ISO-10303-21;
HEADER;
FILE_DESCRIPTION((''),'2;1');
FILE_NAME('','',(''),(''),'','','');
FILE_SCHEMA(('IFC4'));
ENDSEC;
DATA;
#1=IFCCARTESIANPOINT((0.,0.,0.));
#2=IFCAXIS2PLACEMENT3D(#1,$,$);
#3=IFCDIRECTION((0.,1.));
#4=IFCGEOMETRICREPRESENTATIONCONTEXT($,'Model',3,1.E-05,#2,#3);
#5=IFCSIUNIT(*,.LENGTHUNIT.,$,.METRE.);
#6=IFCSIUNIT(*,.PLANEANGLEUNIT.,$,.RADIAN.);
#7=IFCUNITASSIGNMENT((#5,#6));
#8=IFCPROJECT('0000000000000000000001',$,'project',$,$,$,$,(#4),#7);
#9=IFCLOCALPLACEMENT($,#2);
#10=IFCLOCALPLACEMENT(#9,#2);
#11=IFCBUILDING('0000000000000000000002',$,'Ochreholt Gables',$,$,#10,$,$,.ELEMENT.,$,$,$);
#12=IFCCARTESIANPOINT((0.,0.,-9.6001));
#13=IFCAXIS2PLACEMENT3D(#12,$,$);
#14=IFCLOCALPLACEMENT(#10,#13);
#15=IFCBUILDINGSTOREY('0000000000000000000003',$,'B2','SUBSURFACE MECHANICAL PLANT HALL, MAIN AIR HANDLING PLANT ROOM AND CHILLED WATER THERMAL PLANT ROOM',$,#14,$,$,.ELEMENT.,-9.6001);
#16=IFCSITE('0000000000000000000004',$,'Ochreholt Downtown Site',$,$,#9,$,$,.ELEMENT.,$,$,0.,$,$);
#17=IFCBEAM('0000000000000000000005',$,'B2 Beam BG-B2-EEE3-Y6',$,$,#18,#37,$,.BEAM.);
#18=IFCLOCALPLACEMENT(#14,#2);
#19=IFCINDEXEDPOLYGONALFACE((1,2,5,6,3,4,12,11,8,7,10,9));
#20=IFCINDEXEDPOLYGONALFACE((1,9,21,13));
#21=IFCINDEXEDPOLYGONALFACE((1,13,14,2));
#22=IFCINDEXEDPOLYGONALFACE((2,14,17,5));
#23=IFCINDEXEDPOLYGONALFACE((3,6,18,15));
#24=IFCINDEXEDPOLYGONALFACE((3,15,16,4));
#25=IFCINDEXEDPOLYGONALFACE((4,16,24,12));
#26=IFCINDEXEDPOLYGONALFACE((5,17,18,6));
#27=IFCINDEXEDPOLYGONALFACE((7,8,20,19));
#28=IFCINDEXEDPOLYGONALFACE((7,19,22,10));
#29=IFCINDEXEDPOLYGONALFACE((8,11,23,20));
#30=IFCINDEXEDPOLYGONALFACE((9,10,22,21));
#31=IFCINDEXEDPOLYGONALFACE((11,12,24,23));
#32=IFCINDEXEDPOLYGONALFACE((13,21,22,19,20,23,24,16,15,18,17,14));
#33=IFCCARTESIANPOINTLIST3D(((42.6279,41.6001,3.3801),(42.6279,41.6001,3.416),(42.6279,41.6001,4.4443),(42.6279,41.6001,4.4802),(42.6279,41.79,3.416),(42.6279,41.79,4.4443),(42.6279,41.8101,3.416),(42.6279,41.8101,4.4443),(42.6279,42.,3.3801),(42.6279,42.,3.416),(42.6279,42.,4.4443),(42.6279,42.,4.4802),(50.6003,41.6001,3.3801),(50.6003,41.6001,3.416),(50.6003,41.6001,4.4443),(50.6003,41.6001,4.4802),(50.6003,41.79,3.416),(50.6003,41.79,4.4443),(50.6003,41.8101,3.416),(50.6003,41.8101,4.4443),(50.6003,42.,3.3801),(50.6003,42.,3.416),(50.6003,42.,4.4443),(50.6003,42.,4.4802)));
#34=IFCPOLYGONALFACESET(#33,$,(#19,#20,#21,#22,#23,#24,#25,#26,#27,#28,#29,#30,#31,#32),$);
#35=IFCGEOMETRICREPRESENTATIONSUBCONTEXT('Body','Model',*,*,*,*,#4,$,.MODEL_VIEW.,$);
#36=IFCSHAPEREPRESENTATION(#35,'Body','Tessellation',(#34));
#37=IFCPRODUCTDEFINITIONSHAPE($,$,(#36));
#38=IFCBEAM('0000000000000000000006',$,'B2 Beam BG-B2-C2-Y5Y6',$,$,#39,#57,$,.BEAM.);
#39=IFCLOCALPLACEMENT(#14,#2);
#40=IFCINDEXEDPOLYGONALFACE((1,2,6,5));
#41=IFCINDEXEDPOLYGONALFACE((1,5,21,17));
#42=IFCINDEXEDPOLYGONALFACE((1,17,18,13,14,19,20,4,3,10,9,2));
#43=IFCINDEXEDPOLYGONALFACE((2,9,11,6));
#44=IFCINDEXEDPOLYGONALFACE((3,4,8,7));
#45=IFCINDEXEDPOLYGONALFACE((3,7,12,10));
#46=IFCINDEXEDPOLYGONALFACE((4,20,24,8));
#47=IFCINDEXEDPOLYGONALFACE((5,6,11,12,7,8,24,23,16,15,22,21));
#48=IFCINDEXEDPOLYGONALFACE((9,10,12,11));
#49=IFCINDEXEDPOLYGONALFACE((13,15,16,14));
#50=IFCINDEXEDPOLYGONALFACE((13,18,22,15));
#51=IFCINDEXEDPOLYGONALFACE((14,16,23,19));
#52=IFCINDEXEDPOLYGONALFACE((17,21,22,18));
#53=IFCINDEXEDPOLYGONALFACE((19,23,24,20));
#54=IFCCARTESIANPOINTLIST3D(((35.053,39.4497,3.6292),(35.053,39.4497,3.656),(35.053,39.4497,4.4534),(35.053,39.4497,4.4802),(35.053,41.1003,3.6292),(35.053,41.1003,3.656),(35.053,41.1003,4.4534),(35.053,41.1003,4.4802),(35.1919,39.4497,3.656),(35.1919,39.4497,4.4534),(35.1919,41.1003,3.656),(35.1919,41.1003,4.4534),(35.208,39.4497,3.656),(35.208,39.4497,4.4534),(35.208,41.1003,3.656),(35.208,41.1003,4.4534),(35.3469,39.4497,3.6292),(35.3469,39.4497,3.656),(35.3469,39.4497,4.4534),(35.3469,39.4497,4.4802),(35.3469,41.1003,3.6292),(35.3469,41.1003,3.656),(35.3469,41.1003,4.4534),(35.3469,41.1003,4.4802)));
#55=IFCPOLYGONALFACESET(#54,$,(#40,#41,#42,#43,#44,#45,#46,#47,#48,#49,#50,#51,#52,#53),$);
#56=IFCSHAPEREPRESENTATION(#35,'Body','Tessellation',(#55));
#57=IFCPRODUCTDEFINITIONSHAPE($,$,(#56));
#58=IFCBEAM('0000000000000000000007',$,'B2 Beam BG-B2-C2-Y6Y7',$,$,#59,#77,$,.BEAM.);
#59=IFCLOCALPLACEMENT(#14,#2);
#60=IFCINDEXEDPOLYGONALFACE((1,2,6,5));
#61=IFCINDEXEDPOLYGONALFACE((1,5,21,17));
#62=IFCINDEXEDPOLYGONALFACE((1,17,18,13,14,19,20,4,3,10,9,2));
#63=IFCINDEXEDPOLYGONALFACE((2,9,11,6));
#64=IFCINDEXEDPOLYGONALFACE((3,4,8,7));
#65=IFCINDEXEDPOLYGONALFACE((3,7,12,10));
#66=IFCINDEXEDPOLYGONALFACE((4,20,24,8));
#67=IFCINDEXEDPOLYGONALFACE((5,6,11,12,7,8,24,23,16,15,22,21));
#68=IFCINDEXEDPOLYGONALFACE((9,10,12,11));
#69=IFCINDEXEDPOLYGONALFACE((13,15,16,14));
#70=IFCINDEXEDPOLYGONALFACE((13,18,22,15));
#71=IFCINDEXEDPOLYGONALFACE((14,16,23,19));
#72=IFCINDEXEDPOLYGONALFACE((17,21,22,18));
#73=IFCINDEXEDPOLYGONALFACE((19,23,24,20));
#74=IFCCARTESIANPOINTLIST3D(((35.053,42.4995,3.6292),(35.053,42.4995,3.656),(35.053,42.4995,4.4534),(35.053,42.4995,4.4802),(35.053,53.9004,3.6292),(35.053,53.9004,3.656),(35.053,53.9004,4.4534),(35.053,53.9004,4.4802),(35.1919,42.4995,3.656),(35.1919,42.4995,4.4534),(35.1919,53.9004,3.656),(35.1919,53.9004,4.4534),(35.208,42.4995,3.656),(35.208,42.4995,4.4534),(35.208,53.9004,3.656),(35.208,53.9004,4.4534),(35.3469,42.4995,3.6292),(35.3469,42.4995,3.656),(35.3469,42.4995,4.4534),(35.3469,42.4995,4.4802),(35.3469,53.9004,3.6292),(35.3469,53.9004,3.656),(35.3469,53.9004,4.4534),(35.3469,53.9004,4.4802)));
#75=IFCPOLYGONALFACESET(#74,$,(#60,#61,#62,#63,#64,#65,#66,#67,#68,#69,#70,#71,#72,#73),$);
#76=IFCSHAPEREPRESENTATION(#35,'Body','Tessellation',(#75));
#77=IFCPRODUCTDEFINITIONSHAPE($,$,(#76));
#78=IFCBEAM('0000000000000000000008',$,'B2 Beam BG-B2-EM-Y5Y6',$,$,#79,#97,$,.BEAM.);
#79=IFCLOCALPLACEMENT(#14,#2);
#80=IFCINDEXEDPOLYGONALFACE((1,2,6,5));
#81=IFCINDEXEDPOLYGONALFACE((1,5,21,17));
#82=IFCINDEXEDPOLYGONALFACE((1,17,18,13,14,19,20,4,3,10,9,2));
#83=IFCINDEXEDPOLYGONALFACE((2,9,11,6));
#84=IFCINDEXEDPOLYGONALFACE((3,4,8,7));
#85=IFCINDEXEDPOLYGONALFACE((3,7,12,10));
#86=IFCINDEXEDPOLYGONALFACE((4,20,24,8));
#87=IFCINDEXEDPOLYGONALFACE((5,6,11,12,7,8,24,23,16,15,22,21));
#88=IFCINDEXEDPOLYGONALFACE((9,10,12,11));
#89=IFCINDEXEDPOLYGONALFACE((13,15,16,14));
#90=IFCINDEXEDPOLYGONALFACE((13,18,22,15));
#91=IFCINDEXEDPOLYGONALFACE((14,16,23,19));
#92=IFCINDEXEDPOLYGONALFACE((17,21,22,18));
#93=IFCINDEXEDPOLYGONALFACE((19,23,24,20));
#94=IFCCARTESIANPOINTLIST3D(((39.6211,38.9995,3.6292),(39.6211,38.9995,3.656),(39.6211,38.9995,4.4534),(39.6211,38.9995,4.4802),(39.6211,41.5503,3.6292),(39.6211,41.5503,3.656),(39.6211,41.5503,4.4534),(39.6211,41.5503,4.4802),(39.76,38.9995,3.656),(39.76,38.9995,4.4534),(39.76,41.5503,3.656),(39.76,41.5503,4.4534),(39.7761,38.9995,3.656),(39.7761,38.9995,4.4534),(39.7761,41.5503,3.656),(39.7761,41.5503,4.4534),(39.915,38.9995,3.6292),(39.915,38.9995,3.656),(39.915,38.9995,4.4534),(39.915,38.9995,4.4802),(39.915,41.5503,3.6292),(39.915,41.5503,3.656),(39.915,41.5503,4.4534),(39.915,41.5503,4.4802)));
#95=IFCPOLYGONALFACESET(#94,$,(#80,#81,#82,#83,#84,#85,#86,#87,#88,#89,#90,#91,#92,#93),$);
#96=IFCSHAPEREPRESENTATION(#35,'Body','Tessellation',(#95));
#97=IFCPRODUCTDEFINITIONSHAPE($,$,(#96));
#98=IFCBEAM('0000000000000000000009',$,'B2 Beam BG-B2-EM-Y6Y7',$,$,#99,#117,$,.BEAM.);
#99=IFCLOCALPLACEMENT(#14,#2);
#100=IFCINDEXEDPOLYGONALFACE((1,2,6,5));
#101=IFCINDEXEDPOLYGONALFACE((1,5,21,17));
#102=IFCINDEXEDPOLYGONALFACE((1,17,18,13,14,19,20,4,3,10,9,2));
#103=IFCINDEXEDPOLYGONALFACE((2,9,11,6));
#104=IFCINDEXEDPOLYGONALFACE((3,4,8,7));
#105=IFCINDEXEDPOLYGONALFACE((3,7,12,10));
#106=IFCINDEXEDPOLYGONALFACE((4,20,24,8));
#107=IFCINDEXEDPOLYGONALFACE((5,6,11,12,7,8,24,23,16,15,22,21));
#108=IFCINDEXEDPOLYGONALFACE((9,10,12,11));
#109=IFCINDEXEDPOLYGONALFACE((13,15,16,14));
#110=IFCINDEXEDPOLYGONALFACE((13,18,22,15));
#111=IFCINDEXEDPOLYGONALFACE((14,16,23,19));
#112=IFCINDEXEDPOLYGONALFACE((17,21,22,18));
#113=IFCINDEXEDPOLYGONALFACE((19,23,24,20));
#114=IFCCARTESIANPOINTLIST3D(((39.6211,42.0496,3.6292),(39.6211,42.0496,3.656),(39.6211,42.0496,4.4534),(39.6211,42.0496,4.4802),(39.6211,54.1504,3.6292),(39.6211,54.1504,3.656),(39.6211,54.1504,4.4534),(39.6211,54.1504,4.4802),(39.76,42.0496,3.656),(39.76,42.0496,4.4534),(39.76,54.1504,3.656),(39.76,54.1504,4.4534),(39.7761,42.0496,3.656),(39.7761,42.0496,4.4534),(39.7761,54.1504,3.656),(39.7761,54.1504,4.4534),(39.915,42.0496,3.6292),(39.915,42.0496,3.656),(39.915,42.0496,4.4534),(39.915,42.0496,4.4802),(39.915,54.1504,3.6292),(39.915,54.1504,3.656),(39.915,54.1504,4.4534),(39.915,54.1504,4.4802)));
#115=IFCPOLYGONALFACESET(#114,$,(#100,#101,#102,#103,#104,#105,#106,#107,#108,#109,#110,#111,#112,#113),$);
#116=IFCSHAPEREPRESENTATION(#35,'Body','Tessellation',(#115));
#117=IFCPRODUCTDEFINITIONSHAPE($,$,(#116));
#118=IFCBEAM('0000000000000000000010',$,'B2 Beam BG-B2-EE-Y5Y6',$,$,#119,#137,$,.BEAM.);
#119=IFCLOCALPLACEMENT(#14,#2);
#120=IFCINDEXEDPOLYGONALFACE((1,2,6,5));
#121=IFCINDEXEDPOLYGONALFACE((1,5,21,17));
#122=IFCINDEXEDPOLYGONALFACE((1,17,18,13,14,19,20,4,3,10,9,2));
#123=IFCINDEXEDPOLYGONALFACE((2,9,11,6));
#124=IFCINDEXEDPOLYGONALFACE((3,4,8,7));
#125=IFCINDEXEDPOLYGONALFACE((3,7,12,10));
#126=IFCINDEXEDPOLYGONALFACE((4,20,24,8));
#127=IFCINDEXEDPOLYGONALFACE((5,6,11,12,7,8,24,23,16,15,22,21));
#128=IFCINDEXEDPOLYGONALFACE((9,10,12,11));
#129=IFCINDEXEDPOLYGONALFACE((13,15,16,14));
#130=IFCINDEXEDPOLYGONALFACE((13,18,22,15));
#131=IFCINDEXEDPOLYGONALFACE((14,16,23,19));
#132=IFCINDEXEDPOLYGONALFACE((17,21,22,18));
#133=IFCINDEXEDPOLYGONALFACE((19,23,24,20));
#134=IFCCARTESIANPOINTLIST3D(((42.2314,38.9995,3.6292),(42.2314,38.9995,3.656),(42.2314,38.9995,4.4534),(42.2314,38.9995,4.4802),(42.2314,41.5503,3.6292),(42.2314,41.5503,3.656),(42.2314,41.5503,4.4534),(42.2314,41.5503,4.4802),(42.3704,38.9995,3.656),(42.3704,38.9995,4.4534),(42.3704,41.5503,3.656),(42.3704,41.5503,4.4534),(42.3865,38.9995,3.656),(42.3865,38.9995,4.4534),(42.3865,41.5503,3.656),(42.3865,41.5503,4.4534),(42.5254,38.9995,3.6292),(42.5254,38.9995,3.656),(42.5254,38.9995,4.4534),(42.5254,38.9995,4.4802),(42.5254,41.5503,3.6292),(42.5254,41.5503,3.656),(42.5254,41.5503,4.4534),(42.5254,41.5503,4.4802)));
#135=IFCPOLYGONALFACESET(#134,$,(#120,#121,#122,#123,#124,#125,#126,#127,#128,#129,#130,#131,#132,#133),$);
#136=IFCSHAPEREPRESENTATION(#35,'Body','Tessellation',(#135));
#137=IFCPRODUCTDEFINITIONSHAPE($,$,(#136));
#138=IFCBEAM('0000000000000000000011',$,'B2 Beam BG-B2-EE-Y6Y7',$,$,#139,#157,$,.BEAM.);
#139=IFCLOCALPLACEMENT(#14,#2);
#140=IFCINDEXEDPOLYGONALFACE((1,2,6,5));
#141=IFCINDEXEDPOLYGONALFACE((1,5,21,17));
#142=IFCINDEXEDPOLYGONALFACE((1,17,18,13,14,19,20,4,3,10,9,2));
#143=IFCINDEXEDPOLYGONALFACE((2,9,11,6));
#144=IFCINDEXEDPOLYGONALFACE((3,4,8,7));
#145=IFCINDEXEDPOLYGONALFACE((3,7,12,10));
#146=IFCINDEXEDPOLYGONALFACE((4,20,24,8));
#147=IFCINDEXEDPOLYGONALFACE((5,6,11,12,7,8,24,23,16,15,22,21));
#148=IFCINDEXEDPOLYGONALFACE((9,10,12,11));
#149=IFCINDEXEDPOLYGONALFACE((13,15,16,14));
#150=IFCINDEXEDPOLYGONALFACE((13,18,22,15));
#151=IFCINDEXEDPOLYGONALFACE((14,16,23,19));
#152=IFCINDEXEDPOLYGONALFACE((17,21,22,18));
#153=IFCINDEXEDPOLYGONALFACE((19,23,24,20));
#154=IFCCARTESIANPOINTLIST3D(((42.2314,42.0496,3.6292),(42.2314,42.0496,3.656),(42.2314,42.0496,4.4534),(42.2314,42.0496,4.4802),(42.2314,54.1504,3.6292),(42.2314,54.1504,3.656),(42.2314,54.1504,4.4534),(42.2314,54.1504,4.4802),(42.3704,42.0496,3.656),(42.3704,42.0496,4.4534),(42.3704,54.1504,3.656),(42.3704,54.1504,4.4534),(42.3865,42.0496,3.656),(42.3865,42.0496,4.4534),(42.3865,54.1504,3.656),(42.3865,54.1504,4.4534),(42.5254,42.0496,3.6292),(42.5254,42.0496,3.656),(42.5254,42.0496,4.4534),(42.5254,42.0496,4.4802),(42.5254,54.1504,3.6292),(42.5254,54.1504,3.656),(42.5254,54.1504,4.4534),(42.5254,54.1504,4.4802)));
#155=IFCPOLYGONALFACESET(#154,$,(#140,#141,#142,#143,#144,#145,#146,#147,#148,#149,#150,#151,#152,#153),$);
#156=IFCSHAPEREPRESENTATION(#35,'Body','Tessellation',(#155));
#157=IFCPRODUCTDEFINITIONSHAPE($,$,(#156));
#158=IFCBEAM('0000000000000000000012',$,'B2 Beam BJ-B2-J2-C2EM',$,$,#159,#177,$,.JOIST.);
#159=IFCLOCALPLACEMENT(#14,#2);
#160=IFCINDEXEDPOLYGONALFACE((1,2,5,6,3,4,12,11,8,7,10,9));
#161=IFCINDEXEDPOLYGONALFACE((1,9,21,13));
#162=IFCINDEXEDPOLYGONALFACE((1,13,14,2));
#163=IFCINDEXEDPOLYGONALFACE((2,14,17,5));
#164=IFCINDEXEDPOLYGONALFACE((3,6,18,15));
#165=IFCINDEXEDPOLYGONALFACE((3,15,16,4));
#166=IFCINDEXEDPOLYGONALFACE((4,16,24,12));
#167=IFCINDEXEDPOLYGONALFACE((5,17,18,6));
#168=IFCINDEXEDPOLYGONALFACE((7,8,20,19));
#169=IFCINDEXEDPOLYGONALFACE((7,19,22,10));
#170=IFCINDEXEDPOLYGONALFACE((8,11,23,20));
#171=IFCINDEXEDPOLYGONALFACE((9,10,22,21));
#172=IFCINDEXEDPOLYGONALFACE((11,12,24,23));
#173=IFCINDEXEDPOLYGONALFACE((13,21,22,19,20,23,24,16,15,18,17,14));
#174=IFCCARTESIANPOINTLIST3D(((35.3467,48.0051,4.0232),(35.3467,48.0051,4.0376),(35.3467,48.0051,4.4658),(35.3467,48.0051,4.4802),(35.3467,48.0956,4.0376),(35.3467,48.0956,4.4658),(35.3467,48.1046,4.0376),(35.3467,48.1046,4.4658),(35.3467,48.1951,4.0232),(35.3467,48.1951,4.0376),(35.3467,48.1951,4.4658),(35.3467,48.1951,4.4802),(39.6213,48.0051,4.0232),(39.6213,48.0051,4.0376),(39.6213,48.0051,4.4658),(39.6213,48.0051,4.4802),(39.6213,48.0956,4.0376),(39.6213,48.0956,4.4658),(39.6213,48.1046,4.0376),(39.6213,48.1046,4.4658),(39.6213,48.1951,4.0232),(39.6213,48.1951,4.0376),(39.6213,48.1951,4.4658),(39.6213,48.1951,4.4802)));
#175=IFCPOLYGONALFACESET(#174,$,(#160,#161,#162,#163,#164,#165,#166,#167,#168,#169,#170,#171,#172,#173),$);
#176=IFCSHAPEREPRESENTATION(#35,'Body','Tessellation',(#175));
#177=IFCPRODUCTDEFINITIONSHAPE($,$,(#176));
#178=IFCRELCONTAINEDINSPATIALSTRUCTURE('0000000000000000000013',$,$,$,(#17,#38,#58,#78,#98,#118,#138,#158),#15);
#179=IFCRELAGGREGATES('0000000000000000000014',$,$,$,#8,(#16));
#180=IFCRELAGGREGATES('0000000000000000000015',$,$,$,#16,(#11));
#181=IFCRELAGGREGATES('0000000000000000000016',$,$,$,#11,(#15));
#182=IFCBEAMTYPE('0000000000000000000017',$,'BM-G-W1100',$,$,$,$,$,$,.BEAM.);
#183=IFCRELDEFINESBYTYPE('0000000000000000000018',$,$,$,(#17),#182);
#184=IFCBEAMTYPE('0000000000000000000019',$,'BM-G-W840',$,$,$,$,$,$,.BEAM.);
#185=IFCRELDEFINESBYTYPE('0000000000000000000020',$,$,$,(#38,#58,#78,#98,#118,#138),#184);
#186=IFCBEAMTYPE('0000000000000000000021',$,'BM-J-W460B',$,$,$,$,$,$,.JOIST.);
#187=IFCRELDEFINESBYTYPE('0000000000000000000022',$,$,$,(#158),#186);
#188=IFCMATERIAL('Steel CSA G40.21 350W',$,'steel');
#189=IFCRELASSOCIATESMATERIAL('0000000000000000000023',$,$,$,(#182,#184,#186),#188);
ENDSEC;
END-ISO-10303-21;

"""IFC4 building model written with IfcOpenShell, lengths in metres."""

from ifc_helpers import new_model, si_unit, direction, frame, origin, origin_2d, place, context, subcontext, project, spatial, i_section, extrude, material, material_profile, profile_set, type_object, element, save


model = new_model("IFC4")

# Units and contexts
model_context = context("Model", 3, precision=1e-05, world=origin(), true_north=direction((0.0, 1.0)))
body_context = subcontext(model_context, "Body", "Model", "MODEL_VIEW")
ifc_project = project(units=[si_unit("LENGTHUNIT", "METRE"), si_unit("PLANEANGLEUNIT", "RADIAN")], contexts=[model_context])

# Site, building, storey
site_placement = place(None, origin())
site = spatial("IfcSite", under=ifc_project, at=site_placement, Name="Ochreholt Downtown Site", CompositionType="ELEMENT", RefElevation=0.0)
building_placement = place(site_placement, origin())
building = spatial("IfcBuilding", under=site, at=building_placement, Name="Ochreholt Gables", CompositionType="ELEMENT")
storey_placement = place(building_placement, frame((0.0, 0.0, -9.6001)))
storey = spatial("IfcBuildingStorey", under=building, at=storey_placement, Name="B2", Description="SUBSURFACE MECHANICAL PLANT HALL, MAIN AIR HANDLING PLANT ROOM AND CHILLED WATER THERMAL PLANT ROOM", CompositionType="ELEMENT", Elevation=-9.6001)

# Shared definitions
ifc_material_1 = material(Name="Steel CSA G40.21 350W", Category="steel")

# Beams
ifc_material_profile_1 = material_profile(ifc_material_1, i_section(OverallWidth=0.3999, OverallDepth=1.1001, WebThickness=0.02, FlangeThickness=0.0359, at=origin_2d()), Name="W1100X390")
ifc_profile_set_1 = profile_set([ifc_material_profile_1], Name="Steel CSA G40.21 350W")
beam_type_1 = type_object("IfcBeamType", Name="BM-G-W1100", PredefinedType="BEAM", material=ifc_profile_set_1)
beam_1_placement = place(storey_placement, frame((42.6279, 41.8, 3.9302), z_axis=(1.0, 0.0, 0.0), x_axis=(0.0, 1.0, 0.0)))
element("IfcBeam", 1, at=beam_1_placement, inside=storey, type_object=beam_type_1, Name="B2 Beam BG-B2-EEE3-Y6", PredefinedType="BEAM", context=body_context, shape_type="SweptSolid", body=[
    extrude(i_section(OverallWidth=0.3999, OverallDepth=1.1001, WebThickness=0.02, FlangeThickness=0.0359, at=origin_2d()), origin(), (0.0, 0.0, 1.0), 7.9724),
])
ifc_material_profile_2 = material_profile(ifc_material_1, i_section(OverallWidth=0.2939, OverallDepth=0.8511, WebThickness=0.0161, FlangeThickness=0.0269, at=origin_2d()), Name="W840X226")
ifc_profile_set_2 = profile_set([ifc_material_profile_2], Name="Steel CSA G40.21 350W")
beam_type_2 = type_object("IfcBeamType", Name="BM-G-W840", PredefinedType="BEAM", material=ifc_profile_set_2)
beam_2_placement = place(storey_placement, frame((35.2, 39.4497, 4.0547), z_axis=(0.0, 1.0, 0.0), x_axis=(-1.0, 0.0, 0.0)))
element("IfcBeam", 2, at=beam_2_placement, inside=storey, type_object=beam_type_2, Name="B2 Beam BG-B2-C2-Y5Y6", PredefinedType="BEAM", context=body_context, shape_type="SweptSolid", body=[
    extrude(i_section(OverallWidth=0.2939, OverallDepth=0.8511, WebThickness=0.0161, FlangeThickness=0.0269, at=origin_2d()), origin(), (0.0, 0.0, 1.0), 1.6506),
])
beam_3_placement = place(storey_placement, frame((35.2, 42.4995, 4.0547), z_axis=(0.0, 1.0, 0.0), x_axis=(-1.0, 0.0, 0.0)))
element("IfcBeam", 3, at=beam_3_placement, inside=storey, type_object=beam_type_2, Name="B2 Beam BG-B2-C2-Y6Y7", PredefinedType="BEAM", context=body_context, shape_type="SweptSolid", body=[
    extrude(i_section(OverallWidth=0.2939, OverallDepth=0.8511, WebThickness=0.0161, FlangeThickness=0.0269, at=origin_2d()), origin(), (0.0, 0.0, 1.0), 11.4009),
])
beam_4_placement = place(storey_placement, frame((39.7681, 38.9995, 4.0547), z_axis=(0.0, 1.0, 0.0), x_axis=(-1.0, 0.0, 0.0)))
element("IfcBeam", 4, at=beam_4_placement, inside=storey, type_object=beam_type_2, Name="B2 Beam BG-B2-EM-Y5Y6", PredefinedType="BEAM", context=body_context, shape_type="SweptSolid", body=[
    extrude(i_section(OverallWidth=0.2939, OverallDepth=0.8511, WebThickness=0.0161, FlangeThickness=0.0269, at=origin_2d()), origin(), (0.0, 0.0, 1.0), 2.5508),
])
beam_5_placement = place(storey_placement, frame((39.7681, 42.0496, 4.0547), z_axis=(0.0, 1.0, 0.0), x_axis=(-1.0, 0.0, 0.0)))
element("IfcBeam", 5, at=beam_5_placement, inside=storey, type_object=beam_type_2, Name="B2 Beam BG-B2-EM-Y6Y7", PredefinedType="BEAM", context=body_context, shape_type="SweptSolid", body=[
    extrude(i_section(OverallWidth=0.2939, OverallDepth=0.8511, WebThickness=0.0161, FlangeThickness=0.0269, at=origin_2d()), origin(), (0.0, 0.0, 1.0), 12.1008),
])
beam_6_placement = place(storey_placement, frame((42.3784, 38.9995, 4.0547), z_axis=(0.0, 1.0, 0.0), x_axis=(-1.0, 0.0, 0.0)))
element("IfcBeam", 6, at=beam_6_placement, inside=storey, type_object=beam_type_2, Name="B2 Beam BG-B2-EE-Y5Y6", PredefinedType="BEAM", context=body_context, shape_type="SweptSolid", body=[
    extrude(i_section(OverallWidth=0.2939, OverallDepth=0.8511, WebThickness=0.0161, FlangeThickness=0.0269, at=origin_2d()), origin(), (0.0, 0.0, 1.0), 2.5508),
])
beam_7_placement = place(storey_placement, frame((42.3784, 42.0496, 4.0547), z_axis=(0.0, 1.0, 0.0), x_axis=(-1.0, 0.0, 0.0)))
element("IfcBeam", 7, at=beam_7_placement, inside=storey, type_object=beam_type_2, Name="B2 Beam BG-B2-EE-Y6Y7", PredefinedType="BEAM", context=body_context, shape_type="SweptSolid", body=[
    extrude(i_section(OverallWidth=0.2939, OverallDepth=0.8511, WebThickness=0.0161, FlangeThickness=0.0269, at=origin_2d()), origin(), (0.0, 0.0, 1.0), 12.1008),
])
ifc_material_profile_3 = material_profile(ifc_material_1, i_section(OverallWidth=0.1899, OverallDepth=0.457, WebThickness=0.009, FlangeThickness=0.0144, at=origin_2d()), Name="W460X74")
ifc_profile_set_3 = profile_set([ifc_material_profile_3], Name="Steel CSA G40.21 350W")
beam_type_3 = type_object("IfcBeamType", Name="BM-J-W460B", PredefinedType="JOIST", material=ifc_profile_set_3)
beam_8_placement = place(storey_placement, frame((35.3467, 48.1001, 4.2517), z_axis=(1.0, 0.0, 0.0), x_axis=(0.0, 1.0, 0.0)))
element("IfcBeam", 8, at=beam_8_placement, inside=storey, type_object=beam_type_3, Name="B2 Beam BJ-B2-J2-C2EM", PredefinedType="JOIST", context=body_context, shape_type="SweptSolid", body=[
    extrude(i_section(OverallWidth=0.1899, OverallDepth=0.457, WebThickness=0.009, FlangeThickness=0.0144, at=origin_2d()), origin(), (0.0, 0.0, 1.0), 4.2747),
])

save(model, "model.ifc")
